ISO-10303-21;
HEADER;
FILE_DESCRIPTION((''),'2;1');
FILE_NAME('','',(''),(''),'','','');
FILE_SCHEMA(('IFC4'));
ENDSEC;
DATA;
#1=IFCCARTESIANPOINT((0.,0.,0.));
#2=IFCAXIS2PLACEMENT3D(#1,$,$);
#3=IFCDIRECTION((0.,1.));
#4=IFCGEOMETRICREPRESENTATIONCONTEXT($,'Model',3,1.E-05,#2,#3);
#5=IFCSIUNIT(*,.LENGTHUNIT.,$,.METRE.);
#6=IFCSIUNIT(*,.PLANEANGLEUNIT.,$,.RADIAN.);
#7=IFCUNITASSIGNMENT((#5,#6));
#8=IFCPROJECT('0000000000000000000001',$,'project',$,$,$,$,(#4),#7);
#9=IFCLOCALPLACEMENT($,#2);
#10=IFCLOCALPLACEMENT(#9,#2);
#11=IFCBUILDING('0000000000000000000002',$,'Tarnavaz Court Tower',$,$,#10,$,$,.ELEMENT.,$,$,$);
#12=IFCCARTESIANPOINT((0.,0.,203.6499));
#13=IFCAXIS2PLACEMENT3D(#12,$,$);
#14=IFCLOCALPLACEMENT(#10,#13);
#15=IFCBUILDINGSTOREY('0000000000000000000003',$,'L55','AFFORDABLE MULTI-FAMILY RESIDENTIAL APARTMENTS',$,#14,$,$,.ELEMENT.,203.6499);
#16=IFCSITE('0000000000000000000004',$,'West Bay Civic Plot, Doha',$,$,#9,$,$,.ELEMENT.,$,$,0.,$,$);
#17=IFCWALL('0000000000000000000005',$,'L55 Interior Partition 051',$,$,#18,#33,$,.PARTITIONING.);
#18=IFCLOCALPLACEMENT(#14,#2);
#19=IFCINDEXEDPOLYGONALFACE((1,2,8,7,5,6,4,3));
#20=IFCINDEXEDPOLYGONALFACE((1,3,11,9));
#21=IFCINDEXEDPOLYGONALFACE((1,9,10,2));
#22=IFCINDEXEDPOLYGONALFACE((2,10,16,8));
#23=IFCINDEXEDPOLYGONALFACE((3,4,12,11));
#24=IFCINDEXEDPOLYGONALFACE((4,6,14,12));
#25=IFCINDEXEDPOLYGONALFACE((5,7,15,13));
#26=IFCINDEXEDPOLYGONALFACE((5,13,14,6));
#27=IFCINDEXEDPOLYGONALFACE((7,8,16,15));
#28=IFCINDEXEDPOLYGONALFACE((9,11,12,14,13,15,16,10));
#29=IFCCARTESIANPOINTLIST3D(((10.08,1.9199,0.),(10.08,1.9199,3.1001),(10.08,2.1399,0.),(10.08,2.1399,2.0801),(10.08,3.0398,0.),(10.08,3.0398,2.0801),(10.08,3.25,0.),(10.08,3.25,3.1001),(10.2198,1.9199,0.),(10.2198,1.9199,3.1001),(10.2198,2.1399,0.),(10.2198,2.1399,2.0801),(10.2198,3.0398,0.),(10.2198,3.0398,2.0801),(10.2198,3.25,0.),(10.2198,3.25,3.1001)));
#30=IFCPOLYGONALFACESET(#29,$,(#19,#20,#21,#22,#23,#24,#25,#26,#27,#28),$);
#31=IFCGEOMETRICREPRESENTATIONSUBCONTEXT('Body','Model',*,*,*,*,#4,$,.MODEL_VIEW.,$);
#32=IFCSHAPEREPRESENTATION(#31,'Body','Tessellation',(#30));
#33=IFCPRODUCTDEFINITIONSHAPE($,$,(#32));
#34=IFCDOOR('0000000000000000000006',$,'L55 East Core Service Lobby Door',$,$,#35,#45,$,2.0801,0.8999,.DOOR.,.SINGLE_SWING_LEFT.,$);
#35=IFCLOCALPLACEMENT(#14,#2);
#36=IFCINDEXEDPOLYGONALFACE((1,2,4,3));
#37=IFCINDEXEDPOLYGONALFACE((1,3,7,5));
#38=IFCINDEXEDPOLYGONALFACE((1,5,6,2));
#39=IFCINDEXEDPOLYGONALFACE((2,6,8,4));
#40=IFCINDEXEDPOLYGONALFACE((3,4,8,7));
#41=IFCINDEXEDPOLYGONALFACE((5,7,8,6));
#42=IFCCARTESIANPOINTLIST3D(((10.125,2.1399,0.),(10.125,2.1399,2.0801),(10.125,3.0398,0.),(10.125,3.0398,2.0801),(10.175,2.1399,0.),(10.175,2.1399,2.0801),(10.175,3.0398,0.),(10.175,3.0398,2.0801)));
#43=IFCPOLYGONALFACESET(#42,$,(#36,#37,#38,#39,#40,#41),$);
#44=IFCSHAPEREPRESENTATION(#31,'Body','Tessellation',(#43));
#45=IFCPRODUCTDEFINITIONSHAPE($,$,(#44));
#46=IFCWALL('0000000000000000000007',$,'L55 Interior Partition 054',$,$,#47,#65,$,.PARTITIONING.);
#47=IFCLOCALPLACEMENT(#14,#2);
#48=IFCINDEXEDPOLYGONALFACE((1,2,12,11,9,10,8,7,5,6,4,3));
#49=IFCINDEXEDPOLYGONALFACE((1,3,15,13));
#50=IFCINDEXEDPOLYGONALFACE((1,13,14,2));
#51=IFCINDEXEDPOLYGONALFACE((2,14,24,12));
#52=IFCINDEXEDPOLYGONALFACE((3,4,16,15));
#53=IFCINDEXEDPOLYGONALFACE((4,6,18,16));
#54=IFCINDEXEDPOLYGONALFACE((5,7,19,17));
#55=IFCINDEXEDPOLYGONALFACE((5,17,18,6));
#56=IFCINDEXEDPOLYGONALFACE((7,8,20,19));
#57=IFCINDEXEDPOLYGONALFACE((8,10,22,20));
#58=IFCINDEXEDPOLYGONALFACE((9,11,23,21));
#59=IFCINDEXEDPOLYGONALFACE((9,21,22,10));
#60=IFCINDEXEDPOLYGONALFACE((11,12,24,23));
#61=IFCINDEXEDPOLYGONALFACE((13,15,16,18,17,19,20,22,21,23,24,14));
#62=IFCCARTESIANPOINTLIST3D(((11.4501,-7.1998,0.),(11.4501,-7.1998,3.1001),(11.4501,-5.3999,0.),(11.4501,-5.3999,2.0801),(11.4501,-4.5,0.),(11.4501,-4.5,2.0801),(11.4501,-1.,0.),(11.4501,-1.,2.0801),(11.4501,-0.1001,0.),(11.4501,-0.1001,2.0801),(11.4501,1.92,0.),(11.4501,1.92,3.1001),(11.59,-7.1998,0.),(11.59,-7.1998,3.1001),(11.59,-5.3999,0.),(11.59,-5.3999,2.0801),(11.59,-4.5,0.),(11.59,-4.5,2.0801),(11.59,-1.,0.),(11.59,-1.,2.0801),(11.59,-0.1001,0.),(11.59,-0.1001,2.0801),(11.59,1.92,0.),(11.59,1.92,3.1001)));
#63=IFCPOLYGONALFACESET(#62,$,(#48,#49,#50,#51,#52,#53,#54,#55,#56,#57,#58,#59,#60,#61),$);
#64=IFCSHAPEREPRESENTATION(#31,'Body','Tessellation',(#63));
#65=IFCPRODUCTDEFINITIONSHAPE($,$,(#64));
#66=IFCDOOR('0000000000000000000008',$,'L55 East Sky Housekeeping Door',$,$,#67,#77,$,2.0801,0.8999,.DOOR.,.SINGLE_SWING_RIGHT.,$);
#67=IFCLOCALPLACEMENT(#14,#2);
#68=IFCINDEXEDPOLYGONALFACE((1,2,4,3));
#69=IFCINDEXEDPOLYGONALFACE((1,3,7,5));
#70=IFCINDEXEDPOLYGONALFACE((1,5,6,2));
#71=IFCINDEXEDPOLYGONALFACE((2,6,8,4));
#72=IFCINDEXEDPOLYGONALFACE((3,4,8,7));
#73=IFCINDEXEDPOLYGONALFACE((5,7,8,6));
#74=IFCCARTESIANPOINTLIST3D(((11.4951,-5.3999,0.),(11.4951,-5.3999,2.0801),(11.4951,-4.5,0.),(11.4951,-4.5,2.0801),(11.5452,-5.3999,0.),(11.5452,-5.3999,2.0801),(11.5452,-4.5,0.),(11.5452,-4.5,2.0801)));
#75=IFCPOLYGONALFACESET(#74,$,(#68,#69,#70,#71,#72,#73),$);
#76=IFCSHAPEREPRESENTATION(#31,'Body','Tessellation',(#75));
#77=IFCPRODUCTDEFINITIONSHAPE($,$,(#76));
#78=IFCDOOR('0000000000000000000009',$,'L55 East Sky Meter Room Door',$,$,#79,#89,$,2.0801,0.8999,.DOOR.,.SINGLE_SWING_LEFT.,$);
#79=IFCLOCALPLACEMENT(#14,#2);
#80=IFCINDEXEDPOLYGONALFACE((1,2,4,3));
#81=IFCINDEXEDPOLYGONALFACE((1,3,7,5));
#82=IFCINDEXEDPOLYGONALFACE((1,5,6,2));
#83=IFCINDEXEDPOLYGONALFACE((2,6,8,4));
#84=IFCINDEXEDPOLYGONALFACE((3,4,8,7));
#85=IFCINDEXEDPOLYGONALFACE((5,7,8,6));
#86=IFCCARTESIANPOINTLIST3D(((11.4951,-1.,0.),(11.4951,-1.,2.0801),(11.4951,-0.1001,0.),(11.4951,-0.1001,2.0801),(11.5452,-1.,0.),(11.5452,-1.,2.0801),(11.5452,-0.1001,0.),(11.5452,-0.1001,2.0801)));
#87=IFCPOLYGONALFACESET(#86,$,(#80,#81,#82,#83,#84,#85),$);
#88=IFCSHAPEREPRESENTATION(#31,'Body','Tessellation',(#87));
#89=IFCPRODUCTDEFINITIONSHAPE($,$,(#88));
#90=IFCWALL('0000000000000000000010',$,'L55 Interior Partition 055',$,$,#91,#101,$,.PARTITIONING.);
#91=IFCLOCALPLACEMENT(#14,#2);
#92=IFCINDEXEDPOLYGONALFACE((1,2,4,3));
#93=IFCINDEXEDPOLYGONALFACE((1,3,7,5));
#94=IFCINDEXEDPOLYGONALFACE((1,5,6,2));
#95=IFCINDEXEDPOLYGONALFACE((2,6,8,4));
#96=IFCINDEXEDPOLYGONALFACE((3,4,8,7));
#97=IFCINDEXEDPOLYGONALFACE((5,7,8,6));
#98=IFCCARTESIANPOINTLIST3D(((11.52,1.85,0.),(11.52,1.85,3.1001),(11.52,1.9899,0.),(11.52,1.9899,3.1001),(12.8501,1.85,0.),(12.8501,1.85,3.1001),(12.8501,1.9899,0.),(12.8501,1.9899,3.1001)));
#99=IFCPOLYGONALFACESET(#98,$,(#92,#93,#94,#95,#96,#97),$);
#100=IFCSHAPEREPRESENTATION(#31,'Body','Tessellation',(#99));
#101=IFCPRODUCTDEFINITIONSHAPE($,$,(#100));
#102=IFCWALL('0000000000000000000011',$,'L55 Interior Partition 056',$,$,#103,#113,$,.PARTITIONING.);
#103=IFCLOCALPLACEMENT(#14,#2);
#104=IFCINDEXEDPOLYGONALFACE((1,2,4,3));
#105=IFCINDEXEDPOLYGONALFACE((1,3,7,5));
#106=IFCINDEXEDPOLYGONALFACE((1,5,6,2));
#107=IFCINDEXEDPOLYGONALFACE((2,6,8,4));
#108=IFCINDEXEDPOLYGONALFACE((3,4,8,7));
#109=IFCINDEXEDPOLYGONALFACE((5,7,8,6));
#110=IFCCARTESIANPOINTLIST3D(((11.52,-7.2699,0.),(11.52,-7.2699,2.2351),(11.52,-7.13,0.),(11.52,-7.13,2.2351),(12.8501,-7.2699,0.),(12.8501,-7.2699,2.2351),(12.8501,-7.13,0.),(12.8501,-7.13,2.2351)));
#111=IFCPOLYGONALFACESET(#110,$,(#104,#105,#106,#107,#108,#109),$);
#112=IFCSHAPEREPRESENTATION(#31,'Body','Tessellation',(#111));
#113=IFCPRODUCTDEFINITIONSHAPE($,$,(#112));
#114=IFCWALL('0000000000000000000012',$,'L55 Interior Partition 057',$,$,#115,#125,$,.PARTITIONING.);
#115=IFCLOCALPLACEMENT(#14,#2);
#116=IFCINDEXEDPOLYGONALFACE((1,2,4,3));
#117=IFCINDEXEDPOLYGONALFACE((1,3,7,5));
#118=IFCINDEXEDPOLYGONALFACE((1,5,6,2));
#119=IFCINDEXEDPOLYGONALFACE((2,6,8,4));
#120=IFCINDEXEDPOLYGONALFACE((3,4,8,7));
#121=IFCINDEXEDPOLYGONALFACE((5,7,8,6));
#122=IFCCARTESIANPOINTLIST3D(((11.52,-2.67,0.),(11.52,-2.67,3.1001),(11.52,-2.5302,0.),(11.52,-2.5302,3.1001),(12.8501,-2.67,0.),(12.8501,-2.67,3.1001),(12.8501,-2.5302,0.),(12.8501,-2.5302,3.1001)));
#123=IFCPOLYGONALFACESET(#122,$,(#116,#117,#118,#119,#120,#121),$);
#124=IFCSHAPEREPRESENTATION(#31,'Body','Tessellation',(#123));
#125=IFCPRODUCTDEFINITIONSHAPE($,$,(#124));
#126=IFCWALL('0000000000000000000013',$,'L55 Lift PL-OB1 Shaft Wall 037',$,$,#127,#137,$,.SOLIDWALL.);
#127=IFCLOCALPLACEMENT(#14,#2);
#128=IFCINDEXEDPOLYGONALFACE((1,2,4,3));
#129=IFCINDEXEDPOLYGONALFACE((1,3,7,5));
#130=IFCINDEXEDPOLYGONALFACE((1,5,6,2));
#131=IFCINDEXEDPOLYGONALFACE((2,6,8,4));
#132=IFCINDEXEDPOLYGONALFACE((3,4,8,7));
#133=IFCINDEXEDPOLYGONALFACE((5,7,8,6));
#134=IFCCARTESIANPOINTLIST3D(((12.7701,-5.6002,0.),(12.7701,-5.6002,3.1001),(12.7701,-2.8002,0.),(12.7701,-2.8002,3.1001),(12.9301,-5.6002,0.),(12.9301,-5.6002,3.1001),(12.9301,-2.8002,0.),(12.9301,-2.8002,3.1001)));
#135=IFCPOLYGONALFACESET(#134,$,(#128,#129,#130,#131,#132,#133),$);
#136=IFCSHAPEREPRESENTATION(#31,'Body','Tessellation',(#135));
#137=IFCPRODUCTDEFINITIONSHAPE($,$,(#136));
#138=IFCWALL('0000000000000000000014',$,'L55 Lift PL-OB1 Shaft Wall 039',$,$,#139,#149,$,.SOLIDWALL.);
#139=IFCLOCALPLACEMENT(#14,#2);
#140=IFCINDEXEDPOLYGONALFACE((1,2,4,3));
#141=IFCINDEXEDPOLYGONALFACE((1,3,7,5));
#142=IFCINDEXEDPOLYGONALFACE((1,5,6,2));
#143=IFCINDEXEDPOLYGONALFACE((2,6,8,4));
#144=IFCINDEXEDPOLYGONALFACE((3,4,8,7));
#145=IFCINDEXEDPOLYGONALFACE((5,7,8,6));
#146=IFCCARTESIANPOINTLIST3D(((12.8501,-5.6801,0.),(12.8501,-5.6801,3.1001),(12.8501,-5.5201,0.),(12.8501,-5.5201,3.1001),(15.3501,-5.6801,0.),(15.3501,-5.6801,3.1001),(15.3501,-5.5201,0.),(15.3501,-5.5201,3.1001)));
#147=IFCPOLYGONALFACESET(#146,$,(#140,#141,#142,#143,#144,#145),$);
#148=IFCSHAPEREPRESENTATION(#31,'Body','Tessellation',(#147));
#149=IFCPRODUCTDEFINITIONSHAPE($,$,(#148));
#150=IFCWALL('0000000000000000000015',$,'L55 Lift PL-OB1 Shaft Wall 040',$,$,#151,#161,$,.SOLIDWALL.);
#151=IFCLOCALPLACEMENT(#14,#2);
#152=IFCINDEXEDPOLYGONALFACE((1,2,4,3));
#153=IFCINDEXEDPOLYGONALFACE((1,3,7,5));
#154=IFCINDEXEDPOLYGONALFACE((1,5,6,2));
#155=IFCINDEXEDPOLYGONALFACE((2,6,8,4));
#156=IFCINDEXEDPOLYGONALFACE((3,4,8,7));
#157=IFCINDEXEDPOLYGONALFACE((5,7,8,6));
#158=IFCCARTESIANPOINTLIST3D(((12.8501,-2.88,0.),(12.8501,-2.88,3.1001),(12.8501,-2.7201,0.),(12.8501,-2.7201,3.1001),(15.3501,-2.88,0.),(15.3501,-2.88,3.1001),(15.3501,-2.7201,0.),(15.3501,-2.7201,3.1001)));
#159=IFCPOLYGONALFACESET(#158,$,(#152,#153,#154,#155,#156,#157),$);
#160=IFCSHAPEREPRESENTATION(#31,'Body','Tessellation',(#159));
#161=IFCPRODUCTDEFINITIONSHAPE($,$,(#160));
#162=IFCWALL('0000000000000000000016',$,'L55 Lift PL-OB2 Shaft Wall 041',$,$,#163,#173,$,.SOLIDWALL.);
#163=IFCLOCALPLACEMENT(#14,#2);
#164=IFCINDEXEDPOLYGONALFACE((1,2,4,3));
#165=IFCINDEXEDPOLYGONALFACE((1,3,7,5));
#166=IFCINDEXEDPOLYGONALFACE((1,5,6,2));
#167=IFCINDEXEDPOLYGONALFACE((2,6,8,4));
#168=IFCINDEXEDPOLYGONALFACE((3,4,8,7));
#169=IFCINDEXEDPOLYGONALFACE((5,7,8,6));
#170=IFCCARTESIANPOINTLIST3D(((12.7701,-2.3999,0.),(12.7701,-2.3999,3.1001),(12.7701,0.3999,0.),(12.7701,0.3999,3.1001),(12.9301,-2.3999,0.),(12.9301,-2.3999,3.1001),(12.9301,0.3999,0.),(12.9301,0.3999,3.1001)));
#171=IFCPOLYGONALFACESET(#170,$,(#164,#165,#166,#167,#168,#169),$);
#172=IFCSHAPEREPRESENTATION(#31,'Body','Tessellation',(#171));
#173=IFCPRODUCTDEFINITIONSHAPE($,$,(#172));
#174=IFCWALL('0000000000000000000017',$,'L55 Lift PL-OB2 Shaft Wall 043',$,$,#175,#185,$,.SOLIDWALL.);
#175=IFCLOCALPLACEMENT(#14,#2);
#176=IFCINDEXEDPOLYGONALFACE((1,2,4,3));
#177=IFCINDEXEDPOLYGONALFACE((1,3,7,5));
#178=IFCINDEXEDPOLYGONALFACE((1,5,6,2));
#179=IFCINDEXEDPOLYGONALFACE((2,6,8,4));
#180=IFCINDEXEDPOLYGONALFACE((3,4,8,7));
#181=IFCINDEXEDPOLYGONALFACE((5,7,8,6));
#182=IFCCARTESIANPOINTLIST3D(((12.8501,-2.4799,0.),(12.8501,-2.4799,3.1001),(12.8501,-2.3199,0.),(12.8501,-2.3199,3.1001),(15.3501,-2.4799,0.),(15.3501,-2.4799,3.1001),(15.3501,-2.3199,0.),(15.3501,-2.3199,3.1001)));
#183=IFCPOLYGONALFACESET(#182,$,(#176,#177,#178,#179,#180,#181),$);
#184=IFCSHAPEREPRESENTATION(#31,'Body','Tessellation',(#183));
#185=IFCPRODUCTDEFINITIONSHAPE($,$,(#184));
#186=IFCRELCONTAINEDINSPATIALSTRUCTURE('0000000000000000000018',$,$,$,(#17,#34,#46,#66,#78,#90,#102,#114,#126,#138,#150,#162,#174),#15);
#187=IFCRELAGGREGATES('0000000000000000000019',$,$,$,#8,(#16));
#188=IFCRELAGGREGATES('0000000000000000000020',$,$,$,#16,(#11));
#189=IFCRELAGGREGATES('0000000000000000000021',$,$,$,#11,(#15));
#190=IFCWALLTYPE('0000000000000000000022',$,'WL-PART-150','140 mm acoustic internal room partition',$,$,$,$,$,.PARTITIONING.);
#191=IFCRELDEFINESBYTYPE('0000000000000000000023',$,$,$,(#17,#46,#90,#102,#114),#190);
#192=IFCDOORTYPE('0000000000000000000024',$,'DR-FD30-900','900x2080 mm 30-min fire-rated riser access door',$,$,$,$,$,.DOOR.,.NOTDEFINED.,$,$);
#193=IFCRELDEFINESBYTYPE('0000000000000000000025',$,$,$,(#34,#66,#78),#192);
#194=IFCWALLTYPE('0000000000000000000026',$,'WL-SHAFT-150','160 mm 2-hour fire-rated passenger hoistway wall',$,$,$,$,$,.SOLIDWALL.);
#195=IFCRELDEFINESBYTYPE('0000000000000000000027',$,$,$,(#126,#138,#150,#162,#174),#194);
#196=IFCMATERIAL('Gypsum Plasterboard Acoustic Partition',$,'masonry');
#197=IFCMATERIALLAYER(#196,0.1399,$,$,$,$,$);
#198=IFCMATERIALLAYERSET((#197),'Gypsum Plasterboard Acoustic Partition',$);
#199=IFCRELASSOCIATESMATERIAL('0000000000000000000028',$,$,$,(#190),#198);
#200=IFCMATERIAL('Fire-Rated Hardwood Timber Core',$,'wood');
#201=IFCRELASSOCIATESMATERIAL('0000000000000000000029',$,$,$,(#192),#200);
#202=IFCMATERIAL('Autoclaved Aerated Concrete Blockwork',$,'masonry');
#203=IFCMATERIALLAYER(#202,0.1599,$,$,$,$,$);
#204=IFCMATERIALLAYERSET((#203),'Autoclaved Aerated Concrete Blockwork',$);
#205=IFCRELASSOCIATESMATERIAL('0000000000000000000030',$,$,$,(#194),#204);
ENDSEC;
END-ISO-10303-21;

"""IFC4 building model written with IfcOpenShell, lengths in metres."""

from ifc_helpers import new_model, si_unit, direction, frame, frame_2d, origin, place, context, subcontext, project, spatial, rectangle, extrude, material, layer, layer_set, type_object, element, fill, save


model = new_model("IFC4")

# Units and contexts
model_context = context("Model", 3, precision=1e-05, world=origin(), true_north=direction((0.0, 1.0)))
body_context = subcontext(model_context, "Body", "Model", "MODEL_VIEW")
ifc_project = project(units=[si_unit("LENGTHUNIT", "METRE"), si_unit("PLANEANGLEUNIT", "RADIAN")], contexts=[model_context])

# Site, building, storey
site_placement = place(None, origin())
site = spatial("IfcSite", under=ifc_project, at=site_placement, Name="West Bay Civic Plot, Doha", CompositionType="ELEMENT", RefElevation=0.0)
building_placement = place(site_placement, origin())
building = spatial("IfcBuilding", under=site, at=building_placement, Name="Tarnavaz Court Tower", CompositionType="ELEMENT")
storey_placement = place(building_placement, frame((0.0, 0.0, 203.6499)))
storey = spatial("IfcBuildingStorey", under=building, at=storey_placement, Name="L55", Description="AFFORDABLE MULTI-FAMILY RESIDENTIAL APARTMENTS", CompositionType="ELEMENT", Elevation=203.6499)

# Shared definitions
ifc_material_1 = material(Name="Autoclaved Aerated Concrete Blockwork", Category="masonry")

# Shared definitions
ifc_material_2 = material(Name="Fire-Rated Hardwood Timber Core", Category="wood")

# Shared definitions
ifc_material_3 = material(Name="Gypsum Plasterboard Acoustic Partition", Category="masonry")
ifc_layer_1 = layer(ifc_material_3, 0.1399)
ifc_layer_set_1 = layer_set([ifc_layer_1], Name="Gypsum Plasterboard Acoustic Partition")
wall_type_1 = type_object("IfcWallType", Name="WL-PART-150", Description="140 mm acoustic internal room partition", PredefinedType="PARTITIONING", material=ifc_layer_set_1)

# Wall, opening, door
wall_1_placement = place(storey_placement, frame((10.1499, 1.9199, 0.0), z_axis=(0.0, 0.0, 1.0), x_axis=(0.0, 1.0, 0.0)))
wall_1 = element("IfcWall", 1, at=wall_1_placement, inside=storey, type_object=wall_type_1, Name="L55 Interior Partition 051", PredefinedType="PARTITIONING", context=body_context, shape_type="SweptSolid", body=[
    extrude(rectangle(XDim=1.3301, YDim=0.1399, at=frame_2d((0.665, 0.0))), origin(), (0.0, 0.0, 1.0), 3.1001),
])
opening_1_placement = place(wall_1_placement, frame((0.22, 0.0, 0.0)))
opening_1 = element("IfcOpeningElement", 2, at=opening_1_placement, cuts=wall_1, PredefinedType="OPENING", context=body_context, shape_type="SweptSolid", body=[
    extrude(rectangle(XDim=0.8999, YDim=2.0801, at=frame_2d((0.45, 1.04))), frame((0.0, 0.0798, 0.0), z_axis=(0.0, -1.0, 0.0), x_axis=(1.0, 0.0, 0.0)), (0.0, 0.0, 1.0), 0.1599),
])
door_type_1 = type_object("IfcDoorType", Name="DR-FD30-900", Description="900x2080 mm 30-min fire-rated riser access door", OperationType="NOTDEFINED", PredefinedType="DOOR", material=ifc_material_2)
door_1_placement = place(opening_1_placement, origin())
door_1 = element("IfcDoor", 3, at=door_1_placement, inside=storey, type_object=door_type_1, Name="L55 East Core Service Lobby Door", OperationType="SINGLE_SWING_LEFT", OverallHeight=2.0801, OverallWidth=0.8999, PredefinedType="DOOR", context=body_context, shape_type="SweptSolid", body=[
    extrude(rectangle(XDim=0.8999, YDim=2.0801, at=frame_2d((0.45, 1.04))), frame((0.0, 0.0249, 0.0), z_axis=(0.0, -1.0, 0.0), x_axis=(1.0, 0.0, 0.0)), (0.0, 0.0, 1.0), 0.05),
])
fill(opening_1, door_1)

# Wall, openings, doors
wall_2_placement = place(storey_placement, frame((11.52, -7.2, 0.0), z_axis=(0.0, 0.0, 1.0), x_axis=(0.0, 1.0, 0.0)))
wall_2 = element("IfcWall", 4, at=wall_2_placement, inside=storey, type_object=wall_type_1, Name="L55 Interior Partition 054", PredefinedType="PARTITIONING", context=body_context, shape_type="SweptSolid", body=[
    extrude(rectangle(XDim=9.1199, YDim=0.1399, at=frame_2d((4.5601, 0.0))), origin(), (0.0, 0.0, 1.0), 3.1001),
])
opening_2_placement = place(wall_2_placement, frame((1.8, 0.0, 0.0)))
opening_2 = element("IfcOpeningElement", 5, at=opening_2_placement, cuts=wall_2, PredefinedType="OPENING", context=body_context, shape_type="SweptSolid", body=[
    extrude(rectangle(XDim=0.8999, YDim=2.0801, at=frame_2d((0.45, 1.04))), frame((0.0, 0.0798, 0.0), z_axis=(0.0, -1.0, 0.0), x_axis=(1.0, 0.0, 0.0)), (0.0, 0.0, 1.0), 0.1599),
])
opening_3_placement = place(wall_2_placement, frame((6.2, 0.0, 0.0)))
opening_3 = element("IfcOpeningElement", 6, at=opening_3_placement, cuts=wall_2, PredefinedType="OPENING", context=body_context, shape_type="SweptSolid", body=[
    extrude(rectangle(XDim=0.8999, YDim=2.0801, at=frame_2d((0.45, 1.04))), frame((0.0, 0.0798, 0.0), z_axis=(0.0, -1.0, 0.0), x_axis=(1.0, 0.0, 0.0)), (0.0, 0.0, 1.0), 0.1599),
])
door_2_placement = place(opening_2_placement, origin())
door_2 = element("IfcDoor", 7, at=door_2_placement, inside=storey, type_object=door_type_1, Name="L55 East Sky Housekeeping Door", OperationType="SINGLE_SWING_RIGHT", OverallHeight=2.0801, OverallWidth=0.8999, PredefinedType="DOOR", context=body_context, shape_type="SweptSolid", body=[
    extrude(rectangle(XDim=0.8999, YDim=2.0801, at=frame_2d((0.45, 1.04))), frame((0.0, 0.0249, 0.0), z_axis=(0.0, -1.0, 0.0), x_axis=(1.0, 0.0, 0.0)), (0.0, 0.0, 1.0), 0.05),
])
fill(opening_2, door_2)
door_3_placement = place(opening_3_placement, origin())
door_3 = element("IfcDoor", 8, at=door_3_placement, inside=storey, type_object=door_type_1, Name="L55 East Sky Meter Room Door", OperationType="SINGLE_SWING_LEFT", OverallHeight=2.0801, OverallWidth=0.8999, PredefinedType="DOOR", context=body_context, shape_type="SweptSolid", body=[
    extrude(rectangle(XDim=0.8999, YDim=2.0801, at=frame_2d((0.45, 1.04))), frame((0.0, 0.0249, 0.0), z_axis=(0.0, -1.0, 0.0), x_axis=(1.0, 0.0, 0.0)), (0.0, 0.0, 1.0), 0.05),
])
fill(opening_3, door_3)

# Walls
wall_3_placement = place(storey_placement, frame((11.52, 1.9199, 0.0), z_axis=(0.0, 0.0, 1.0), x_axis=(1.0, 0.0, 0.0)))
element("IfcWall", 9, at=wall_3_placement, inside=storey, type_object=wall_type_1, Name="L55 Interior Partition 055", PredefinedType="PARTITIONING", context=body_context, shape_type="SweptSolid", body=[
    extrude(rectangle(XDim=1.3301, YDim=0.1399, at=frame_2d((0.665, 0.0))), origin(), (0.0, 0.0, 1.0), 3.1001),
])
wall_4_placement = place(storey_placement, frame((11.52, -7.2, 0.0), z_axis=(0.0, 0.0, 1.0), x_axis=(1.0, 0.0, 0.0)))
element("IfcWall", 10, at=wall_4_placement, inside=storey, type_object=wall_type_1, Name="L55 Interior Partition 056", PredefinedType="PARTITIONING", context=body_context, shape_type="SweptSolid", body=[
    extrude(rectangle(XDim=1.3301, YDim=0.1399, at=frame_2d((0.665, 0.0))), origin(), (0.0, 0.0, 1.0), 2.2351),
])
wall_5_placement = place(storey_placement, frame((11.52, -2.6001, 0.0), z_axis=(0.0, 0.0, 1.0), x_axis=(1.0, 0.0, 0.0)))
element("IfcWall", 11, at=wall_5_placement, inside=storey, type_object=wall_type_1, Name="L55 Interior Partition 057", PredefinedType="PARTITIONING", context=body_context, shape_type="SweptSolid", body=[
    extrude(rectangle(XDim=1.3301, YDim=0.1399, at=frame_2d((0.665, 0.0))), origin(), (0.0, 0.0, 1.0), 3.1001),
])
ifc_layer_2 = layer(ifc_material_1, 0.1599)
ifc_layer_set_2 = layer_set([ifc_layer_2], Name="Autoclaved Aerated Concrete Blockwork")
wall_type_2 = type_object("IfcWallType", Name="WL-SHAFT-150", Description="160 mm 2-hour fire-rated passenger hoistway wall", PredefinedType="SOLIDWALL", material=ifc_layer_set_2)
wall_6_placement = place(storey_placement, frame((12.8501, -5.6001, 0.0), z_axis=(0.0, 0.0, 1.0), x_axis=(0.0, 1.0, 0.0)))
element("IfcWall", 12, at=wall_6_placement, inside=storey, type_object=wall_type_2, Name="L55 Lift PL-OB1 Shaft Wall 037", PredefinedType="SOLIDWALL", context=body_context, shape_type="SweptSolid", body=[
    extrude(rectangle(XDim=2.8, YDim=0.1599, at=frame_2d((1.3999, 0.0))), origin(), (0.0, 0.0, 1.0), 3.1001),
])
for number, where, z_axis, x_axis, name in (
    (13, (12.8501, -5.6001, 0.0), (0.0, 0.0, 1.0), (1.0, 0.0, 0.0), "L55 Lift PL-OB1 Shaft Wall 039"),
    (14, (12.8501, -2.8, 0.0), (0.0, 0.0, 1.0), (1.0, 0.0, 0.0), "L55 Lift PL-OB1 Shaft Wall 040"),
):
    element("IfcWall", number, at=place(storey_placement, frame(where, z_axis=z_axis, x_axis=x_axis)), inside=storey, type_object=wall_type_2, Name=name, PredefinedType="SOLIDWALL", context=body_context, shape_type="SweptSolid", body=[
        extrude(rectangle(XDim=2.5, YDim=0.1599, at=frame_2d((1.25, 0.0))), origin(), (0.0, 0.0, 1.0), 3.1001),
    ])
wall_7_placement = place(storey_placement, frame((12.8501, -2.3999, 0.0), z_axis=(0.0, 0.0, 1.0), x_axis=(0.0, 1.0, 0.0)))
element("IfcWall", 15, at=wall_7_placement, inside=storey, type_object=wall_type_2, Name="L55 Lift PL-OB2 Shaft Wall 041", PredefinedType="SOLIDWALL", context=body_context, shape_type="SweptSolid", body=[
    extrude(rectangle(XDim=2.7998, YDim=0.1599, at=frame_2d((1.3999, 0.0))), origin(), (0.0, 0.0, 1.0), 3.1001),
])
wall_8_placement = place(storey_placement, frame((12.8501, -2.3999, 0.0), z_axis=(0.0, 0.0, 1.0), x_axis=(1.0, 0.0, 0.0)))
element("IfcWall", 16, at=wall_8_placement, inside=storey, type_object=wall_type_2, Name="L55 Lift PL-OB2 Shaft Wall 043", PredefinedType="SOLIDWALL", context=body_context, shape_type="SweptSolid", body=[
    extrude(rectangle(XDim=2.5, YDim=0.1599, at=frame_2d((1.25, 0.0))), origin(), (0.0, 0.0, 1.0), 3.1001),
])

save(model, "model.ifc")
